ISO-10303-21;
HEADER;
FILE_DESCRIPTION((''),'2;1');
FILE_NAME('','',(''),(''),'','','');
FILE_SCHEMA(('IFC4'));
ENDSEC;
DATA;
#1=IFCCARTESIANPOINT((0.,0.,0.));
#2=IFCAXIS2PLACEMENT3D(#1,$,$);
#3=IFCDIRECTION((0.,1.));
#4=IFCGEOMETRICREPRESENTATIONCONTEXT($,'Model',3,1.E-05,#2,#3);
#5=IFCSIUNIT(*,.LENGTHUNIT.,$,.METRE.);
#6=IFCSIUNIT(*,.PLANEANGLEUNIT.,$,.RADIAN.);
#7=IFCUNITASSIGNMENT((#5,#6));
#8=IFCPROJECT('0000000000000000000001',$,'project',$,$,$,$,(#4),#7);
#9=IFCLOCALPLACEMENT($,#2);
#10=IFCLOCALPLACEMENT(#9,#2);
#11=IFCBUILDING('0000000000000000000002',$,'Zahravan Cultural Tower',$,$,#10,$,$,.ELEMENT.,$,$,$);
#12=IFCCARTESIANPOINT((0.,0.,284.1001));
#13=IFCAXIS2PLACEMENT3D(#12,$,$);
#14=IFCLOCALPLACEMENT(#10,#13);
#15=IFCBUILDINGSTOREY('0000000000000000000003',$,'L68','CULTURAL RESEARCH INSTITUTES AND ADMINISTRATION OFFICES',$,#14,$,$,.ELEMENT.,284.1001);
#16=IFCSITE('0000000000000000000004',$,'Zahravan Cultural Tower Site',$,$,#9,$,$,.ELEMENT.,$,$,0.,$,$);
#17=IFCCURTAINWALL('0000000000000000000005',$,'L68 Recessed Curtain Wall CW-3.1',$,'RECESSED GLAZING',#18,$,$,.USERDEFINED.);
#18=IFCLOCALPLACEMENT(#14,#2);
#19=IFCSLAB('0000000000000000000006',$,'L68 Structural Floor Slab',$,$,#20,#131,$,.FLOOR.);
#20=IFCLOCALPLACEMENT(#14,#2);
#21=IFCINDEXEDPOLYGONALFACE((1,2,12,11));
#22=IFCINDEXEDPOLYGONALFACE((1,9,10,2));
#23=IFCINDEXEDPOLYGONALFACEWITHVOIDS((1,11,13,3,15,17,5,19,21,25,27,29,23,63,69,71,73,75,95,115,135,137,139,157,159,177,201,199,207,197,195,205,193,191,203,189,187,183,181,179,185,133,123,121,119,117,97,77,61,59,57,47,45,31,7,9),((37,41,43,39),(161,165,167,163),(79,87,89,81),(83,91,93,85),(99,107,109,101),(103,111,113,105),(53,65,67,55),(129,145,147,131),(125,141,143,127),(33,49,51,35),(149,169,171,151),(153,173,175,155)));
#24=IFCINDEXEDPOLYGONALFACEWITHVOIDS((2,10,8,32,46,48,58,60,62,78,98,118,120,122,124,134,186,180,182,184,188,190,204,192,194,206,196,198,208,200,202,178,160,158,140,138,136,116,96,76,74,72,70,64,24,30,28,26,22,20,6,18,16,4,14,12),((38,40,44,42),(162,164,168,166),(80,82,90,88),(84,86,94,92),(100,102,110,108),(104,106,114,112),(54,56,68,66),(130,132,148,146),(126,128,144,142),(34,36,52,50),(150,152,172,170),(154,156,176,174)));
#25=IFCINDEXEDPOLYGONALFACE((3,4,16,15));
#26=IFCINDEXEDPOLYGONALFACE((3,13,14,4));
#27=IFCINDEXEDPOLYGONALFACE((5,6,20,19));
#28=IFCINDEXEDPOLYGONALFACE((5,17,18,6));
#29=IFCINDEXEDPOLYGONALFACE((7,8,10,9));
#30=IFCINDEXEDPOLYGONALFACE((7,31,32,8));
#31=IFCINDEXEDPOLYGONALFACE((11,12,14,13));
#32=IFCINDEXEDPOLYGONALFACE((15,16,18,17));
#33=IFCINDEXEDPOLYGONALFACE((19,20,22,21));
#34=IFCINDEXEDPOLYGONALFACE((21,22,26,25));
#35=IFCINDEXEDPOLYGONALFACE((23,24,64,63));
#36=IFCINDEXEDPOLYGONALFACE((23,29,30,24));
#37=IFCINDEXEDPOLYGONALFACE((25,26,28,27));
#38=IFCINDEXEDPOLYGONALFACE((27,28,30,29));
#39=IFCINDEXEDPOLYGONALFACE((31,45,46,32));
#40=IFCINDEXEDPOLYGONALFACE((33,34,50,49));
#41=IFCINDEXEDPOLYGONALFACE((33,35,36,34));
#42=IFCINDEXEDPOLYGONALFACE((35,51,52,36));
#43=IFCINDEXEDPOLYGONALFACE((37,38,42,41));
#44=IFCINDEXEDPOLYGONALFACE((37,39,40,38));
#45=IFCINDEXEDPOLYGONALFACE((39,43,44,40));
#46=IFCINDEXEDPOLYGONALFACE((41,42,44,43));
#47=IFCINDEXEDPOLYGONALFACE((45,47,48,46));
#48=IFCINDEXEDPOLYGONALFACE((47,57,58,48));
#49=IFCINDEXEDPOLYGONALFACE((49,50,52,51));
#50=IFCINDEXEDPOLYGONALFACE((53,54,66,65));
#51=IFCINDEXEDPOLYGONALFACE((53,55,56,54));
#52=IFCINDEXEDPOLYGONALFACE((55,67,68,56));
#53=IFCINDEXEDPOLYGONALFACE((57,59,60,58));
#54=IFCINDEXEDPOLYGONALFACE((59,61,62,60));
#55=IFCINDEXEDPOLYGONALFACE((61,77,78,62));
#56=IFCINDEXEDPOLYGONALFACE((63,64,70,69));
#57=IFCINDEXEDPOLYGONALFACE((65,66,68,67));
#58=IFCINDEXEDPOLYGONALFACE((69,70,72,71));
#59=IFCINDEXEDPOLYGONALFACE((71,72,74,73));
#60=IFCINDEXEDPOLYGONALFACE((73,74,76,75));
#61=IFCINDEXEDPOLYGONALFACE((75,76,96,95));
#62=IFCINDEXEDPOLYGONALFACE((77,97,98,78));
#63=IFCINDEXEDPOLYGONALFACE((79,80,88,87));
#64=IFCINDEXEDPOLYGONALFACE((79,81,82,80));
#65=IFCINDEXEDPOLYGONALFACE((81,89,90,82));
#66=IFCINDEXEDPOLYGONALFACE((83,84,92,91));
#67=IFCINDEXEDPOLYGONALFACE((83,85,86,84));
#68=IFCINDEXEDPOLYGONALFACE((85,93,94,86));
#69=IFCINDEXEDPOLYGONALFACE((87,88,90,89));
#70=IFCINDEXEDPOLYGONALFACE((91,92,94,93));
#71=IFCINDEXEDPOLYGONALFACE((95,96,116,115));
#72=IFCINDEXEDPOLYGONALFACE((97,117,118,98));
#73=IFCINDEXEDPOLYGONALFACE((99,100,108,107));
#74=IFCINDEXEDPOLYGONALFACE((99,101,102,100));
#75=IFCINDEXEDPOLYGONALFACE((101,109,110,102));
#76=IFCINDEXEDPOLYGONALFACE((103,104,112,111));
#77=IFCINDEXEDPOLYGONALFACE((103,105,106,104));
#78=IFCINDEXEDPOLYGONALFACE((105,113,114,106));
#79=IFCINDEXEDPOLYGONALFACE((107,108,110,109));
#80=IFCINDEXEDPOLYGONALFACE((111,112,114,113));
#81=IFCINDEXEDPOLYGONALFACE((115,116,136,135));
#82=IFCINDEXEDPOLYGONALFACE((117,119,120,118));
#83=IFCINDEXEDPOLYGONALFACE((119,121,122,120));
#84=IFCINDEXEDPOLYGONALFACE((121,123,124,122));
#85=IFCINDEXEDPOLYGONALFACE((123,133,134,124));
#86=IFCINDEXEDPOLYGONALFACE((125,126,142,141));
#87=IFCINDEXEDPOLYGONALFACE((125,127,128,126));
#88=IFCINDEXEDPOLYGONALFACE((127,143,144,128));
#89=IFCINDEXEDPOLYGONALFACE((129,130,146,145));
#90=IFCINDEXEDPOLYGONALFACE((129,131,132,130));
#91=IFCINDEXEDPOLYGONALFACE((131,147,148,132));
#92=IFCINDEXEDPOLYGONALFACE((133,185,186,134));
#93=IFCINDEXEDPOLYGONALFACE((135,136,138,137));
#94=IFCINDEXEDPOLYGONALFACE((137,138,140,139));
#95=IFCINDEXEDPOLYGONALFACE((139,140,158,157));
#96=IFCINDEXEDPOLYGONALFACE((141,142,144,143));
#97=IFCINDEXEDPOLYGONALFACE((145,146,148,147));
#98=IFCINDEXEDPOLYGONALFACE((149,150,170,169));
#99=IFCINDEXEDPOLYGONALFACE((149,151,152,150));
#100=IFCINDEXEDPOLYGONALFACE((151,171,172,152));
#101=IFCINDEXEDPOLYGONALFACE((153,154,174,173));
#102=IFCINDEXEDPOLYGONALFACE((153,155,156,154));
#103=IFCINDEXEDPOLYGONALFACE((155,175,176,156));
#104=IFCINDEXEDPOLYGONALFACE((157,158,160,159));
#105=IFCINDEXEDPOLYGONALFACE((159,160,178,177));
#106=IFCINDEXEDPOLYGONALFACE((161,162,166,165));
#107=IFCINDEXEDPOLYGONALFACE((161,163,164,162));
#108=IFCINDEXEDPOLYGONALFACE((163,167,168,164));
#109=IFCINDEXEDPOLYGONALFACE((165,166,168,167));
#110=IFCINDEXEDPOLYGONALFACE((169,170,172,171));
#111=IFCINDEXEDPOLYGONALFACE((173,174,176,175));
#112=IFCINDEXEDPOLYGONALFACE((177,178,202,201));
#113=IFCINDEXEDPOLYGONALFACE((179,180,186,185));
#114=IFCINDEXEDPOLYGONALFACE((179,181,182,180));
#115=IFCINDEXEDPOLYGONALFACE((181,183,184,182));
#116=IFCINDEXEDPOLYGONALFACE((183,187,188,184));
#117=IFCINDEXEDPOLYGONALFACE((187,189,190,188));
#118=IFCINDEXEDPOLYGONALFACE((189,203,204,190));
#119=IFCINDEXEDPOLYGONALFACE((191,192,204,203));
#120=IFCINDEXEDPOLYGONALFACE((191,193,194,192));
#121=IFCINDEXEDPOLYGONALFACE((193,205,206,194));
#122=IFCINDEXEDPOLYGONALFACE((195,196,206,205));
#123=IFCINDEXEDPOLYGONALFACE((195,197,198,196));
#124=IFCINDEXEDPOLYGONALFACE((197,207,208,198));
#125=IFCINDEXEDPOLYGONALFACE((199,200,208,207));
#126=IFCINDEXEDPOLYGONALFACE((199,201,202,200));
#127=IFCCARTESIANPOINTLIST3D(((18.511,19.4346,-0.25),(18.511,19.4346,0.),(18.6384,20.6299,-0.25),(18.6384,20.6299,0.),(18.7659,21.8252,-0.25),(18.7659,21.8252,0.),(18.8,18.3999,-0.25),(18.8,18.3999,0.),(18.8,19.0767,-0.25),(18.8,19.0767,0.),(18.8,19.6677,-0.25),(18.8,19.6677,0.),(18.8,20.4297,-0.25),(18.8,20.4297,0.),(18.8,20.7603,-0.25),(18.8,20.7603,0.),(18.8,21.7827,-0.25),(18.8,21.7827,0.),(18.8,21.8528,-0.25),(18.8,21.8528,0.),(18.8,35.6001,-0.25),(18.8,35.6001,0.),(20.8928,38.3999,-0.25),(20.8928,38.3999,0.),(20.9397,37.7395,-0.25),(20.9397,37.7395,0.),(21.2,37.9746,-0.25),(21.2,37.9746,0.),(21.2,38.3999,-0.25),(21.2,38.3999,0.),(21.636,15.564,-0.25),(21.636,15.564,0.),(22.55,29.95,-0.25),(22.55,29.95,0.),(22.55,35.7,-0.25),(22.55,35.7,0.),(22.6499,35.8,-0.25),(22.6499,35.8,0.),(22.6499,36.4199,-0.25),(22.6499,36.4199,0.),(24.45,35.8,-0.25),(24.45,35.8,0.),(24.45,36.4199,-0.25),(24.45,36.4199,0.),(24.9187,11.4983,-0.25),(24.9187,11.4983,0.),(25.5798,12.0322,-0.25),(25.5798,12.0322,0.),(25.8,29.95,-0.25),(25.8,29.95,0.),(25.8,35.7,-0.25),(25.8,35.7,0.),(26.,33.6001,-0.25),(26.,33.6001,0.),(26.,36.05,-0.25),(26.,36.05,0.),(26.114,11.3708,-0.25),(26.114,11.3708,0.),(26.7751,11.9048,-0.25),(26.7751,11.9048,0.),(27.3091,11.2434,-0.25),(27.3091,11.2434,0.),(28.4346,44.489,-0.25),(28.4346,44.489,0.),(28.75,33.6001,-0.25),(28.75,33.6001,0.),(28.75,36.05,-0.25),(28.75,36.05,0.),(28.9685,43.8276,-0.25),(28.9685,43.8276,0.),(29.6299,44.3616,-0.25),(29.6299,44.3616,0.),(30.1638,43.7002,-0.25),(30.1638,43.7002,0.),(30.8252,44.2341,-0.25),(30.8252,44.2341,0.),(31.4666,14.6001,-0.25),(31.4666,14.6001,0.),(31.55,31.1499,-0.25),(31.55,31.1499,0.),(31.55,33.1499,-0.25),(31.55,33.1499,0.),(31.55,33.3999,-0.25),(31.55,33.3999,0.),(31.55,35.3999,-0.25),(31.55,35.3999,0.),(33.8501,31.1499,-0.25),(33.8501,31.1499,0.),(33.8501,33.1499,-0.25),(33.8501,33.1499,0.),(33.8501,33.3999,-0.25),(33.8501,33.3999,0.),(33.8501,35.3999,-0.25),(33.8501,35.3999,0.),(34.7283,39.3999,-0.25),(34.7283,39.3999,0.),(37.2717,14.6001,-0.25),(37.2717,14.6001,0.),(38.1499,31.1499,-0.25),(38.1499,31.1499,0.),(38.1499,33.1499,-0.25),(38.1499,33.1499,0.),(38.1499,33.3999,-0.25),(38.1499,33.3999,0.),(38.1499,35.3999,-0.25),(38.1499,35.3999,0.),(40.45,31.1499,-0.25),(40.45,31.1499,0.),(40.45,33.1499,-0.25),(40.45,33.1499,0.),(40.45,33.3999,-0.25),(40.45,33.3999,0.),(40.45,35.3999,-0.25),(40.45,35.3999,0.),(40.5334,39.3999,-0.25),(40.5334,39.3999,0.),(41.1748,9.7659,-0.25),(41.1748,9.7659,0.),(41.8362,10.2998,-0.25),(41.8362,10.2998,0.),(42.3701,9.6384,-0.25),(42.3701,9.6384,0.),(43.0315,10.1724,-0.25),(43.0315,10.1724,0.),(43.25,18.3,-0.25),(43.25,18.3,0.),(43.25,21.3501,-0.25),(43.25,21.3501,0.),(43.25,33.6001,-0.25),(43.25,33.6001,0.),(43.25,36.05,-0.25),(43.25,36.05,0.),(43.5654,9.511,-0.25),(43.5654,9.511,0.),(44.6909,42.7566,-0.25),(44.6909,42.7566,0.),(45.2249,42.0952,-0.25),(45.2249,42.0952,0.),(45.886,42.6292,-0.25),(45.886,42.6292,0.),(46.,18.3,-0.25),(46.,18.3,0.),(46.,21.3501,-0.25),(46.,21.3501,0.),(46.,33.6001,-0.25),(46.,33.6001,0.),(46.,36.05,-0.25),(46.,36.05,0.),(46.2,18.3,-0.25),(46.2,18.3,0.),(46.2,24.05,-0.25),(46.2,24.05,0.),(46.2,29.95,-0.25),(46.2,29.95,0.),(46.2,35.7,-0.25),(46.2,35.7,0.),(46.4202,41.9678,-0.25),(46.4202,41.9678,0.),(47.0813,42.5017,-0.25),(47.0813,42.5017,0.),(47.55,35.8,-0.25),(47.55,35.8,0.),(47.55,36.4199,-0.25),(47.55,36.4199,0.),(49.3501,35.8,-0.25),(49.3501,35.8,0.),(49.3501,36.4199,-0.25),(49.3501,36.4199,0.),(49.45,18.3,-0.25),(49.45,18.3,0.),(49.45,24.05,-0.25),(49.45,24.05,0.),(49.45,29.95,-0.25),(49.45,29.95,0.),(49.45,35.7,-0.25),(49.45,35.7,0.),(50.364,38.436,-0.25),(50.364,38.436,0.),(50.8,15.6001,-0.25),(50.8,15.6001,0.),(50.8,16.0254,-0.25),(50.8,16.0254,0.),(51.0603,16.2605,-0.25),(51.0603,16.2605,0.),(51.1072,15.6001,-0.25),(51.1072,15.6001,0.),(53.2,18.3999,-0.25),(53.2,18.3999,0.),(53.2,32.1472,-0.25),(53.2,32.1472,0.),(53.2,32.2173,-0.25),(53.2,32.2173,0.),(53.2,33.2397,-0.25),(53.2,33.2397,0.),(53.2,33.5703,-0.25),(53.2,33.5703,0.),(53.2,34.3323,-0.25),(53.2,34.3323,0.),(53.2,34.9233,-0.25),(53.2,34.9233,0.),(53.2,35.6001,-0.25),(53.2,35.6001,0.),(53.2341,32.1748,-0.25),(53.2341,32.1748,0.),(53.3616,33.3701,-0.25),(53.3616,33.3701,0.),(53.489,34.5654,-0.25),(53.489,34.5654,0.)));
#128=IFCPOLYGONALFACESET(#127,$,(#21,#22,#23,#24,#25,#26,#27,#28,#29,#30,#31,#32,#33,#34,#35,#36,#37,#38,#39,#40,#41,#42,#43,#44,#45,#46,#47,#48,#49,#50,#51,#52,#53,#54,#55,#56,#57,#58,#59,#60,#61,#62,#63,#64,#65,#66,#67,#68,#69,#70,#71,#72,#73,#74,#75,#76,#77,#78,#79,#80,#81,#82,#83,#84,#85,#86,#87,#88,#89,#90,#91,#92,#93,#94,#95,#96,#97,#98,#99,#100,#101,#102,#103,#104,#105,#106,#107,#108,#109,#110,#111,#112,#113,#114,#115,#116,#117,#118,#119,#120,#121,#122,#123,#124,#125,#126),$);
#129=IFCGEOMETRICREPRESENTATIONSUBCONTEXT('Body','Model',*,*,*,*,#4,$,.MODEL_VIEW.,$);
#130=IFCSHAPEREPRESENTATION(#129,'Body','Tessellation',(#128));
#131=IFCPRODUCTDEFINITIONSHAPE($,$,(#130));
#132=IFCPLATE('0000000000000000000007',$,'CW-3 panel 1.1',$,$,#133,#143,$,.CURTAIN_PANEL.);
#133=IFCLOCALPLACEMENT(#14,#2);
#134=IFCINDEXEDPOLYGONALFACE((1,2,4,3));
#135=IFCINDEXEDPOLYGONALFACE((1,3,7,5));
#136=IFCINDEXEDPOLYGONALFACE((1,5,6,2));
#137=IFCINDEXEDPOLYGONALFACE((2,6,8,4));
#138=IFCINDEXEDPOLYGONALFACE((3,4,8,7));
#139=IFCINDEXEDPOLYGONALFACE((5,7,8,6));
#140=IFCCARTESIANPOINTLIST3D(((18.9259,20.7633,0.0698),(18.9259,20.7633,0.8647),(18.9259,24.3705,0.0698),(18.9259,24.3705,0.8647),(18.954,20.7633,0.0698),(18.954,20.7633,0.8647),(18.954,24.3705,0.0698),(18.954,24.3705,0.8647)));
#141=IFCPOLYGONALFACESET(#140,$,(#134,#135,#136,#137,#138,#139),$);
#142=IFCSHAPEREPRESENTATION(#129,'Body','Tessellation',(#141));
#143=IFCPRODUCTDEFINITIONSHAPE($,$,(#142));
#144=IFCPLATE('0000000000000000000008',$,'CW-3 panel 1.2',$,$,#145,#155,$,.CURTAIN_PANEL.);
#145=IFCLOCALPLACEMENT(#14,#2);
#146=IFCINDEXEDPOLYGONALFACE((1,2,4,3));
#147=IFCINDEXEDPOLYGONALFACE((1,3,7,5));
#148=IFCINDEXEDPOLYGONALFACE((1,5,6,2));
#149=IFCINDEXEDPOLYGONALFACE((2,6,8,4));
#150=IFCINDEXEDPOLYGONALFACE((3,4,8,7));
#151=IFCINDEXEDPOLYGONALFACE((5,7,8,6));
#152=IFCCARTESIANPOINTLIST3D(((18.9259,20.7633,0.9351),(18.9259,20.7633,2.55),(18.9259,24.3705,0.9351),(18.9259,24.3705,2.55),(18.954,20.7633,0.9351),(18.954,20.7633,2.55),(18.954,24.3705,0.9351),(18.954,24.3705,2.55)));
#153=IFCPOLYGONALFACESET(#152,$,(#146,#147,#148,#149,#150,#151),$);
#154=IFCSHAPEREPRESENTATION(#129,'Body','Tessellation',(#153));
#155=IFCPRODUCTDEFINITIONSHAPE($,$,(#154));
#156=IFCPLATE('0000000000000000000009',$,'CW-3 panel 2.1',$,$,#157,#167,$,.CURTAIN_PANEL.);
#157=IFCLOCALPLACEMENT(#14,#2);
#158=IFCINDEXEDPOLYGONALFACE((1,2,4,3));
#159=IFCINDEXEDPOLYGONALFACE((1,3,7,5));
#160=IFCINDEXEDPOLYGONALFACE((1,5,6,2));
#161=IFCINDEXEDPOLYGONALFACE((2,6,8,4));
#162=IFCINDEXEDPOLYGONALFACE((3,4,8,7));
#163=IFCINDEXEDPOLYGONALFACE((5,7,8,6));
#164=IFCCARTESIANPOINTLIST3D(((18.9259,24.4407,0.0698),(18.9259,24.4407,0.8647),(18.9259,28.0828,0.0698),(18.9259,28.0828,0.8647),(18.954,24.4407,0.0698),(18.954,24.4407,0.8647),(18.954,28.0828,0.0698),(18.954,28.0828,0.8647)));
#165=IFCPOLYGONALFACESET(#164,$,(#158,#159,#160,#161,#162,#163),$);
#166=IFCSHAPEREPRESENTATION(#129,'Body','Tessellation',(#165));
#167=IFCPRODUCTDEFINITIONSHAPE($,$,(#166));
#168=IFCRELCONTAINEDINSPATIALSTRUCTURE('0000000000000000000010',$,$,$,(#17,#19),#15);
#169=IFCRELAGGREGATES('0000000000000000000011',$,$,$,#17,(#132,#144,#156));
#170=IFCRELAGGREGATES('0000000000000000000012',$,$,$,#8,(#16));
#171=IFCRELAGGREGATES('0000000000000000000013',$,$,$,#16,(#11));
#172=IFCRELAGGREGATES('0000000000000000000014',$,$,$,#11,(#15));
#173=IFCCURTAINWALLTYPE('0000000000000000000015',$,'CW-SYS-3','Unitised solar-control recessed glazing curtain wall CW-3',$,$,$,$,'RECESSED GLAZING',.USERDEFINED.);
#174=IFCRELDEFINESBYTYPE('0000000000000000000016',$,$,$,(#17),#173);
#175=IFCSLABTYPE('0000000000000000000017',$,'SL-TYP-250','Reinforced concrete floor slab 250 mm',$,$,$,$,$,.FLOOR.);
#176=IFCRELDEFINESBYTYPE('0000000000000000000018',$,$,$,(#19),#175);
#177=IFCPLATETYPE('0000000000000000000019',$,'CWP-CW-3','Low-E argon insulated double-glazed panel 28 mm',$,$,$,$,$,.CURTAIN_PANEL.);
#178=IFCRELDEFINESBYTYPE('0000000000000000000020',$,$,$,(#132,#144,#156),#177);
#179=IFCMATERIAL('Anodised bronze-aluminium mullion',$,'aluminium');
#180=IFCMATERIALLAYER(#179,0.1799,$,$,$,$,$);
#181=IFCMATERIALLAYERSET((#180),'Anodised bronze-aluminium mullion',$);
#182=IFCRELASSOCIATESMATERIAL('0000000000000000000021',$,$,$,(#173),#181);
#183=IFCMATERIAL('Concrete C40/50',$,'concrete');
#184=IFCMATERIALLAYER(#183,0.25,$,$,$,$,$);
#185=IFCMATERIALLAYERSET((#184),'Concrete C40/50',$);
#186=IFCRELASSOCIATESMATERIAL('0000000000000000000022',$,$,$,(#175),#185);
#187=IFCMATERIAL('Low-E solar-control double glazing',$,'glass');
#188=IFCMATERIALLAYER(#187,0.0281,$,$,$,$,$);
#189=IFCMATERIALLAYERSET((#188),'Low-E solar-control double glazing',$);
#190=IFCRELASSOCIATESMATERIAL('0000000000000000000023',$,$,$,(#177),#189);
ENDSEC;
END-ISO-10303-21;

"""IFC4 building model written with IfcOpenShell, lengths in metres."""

from ifc_helpers import new_model, si_unit, direction, frame, origin, origin_2d, place, context, subcontext, project, spatial, polyline, rectangle, outline, extrude, source, transform, mapped, material, layer, layer_set, type_object, element, aggregate, save


model = new_model("IFC4")

# Units and contexts
model_context = context("Model", 3, precision=1e-05, world=origin(), true_north=direction((0.0, 1.0)))
body_context = subcontext(model_context, "Body", "Model", "MODEL_VIEW")
ifc_project = project(units=[si_unit("LENGTHUNIT", "METRE"), si_unit("PLANEANGLEUNIT", "RADIAN")], contexts=[model_context])

# Site, building, storey
site_placement = place(None, origin())
site = spatial("IfcSite", under=ifc_project, at=site_placement, Name="Zahravan Cultural Tower Site", CompositionType="ELEMENT", RefElevation=0.0)
building_placement = place(site_placement, origin())
building = spatial("IfcBuilding", under=site, at=building_placement, Name="Zahravan Cultural Tower", CompositionType="ELEMENT")
storey_placement = place(building_placement, frame((0.0, 0.0, 284.1001)))
storey = spatial("IfcBuildingStorey", under=building, at=storey_placement, Name="L68", Description="CULTURAL RESEARCH INSTITUTES AND ADMINISTRATION OFFICES", CompositionType="ELEMENT", Elevation=284.1001)

# Curtain wall
ifc_material_1 = material(Name="Anodised bronze-aluminium mullion", Category="aluminium")
ifc_layer_1 = layer(ifc_material_1, 0.1799)
ifc_layer_set_1 = layer_set([ifc_layer_1], Name="Anodised bronze-aluminium mullion")
curtain_wall_type = type_object("IfcCurtainWallType", Name="CW-SYS-3", Description="Unitised solar-control recessed glazing curtain wall CW-3", ElementType="RECESSED GLAZING", PredefinedType="USERDEFINED", material=ifc_layer_set_1)
curtain_wall_placement = place(storey_placement, origin())
curtain_wall = element("IfcCurtainWall", 1, at=curtain_wall_placement, inside=storey, type_object=curtain_wall_type, Name="L68 Recessed Curtain Wall CW-3.1", ObjectType="RECESSED GLAZING", PredefinedType="USERDEFINED")

# Slab
ifc_material_2 = material(Name="Concrete C40/50", Category="concrete")
ifc_layer_2 = layer(ifc_material_2, 0.25)
ifc_layer_set_2 = layer_set([ifc_layer_2], Name="Concrete C40/50")
slab_type_1 = type_object("IfcSlabType", Name="SL-TYP-250", Description="Reinforced concrete floor slab 250 mm", PredefinedType="FLOOR", material=ifc_layer_set_2)
slab_1_placement = place(storey_placement, frame((0.0, 0.0, -0.25)))
element("IfcSlab", 2, at=slab_1_placement, inside=storey, type_object=slab_type_1, Name="L68 Structural Floor Slab", PredefinedType="FLOOR", context=body_context, shape_type="SweptSolid", body=[
    extrude(outline(polyline([(20.8928, 38.3999), (21.2, 38.3999), (21.2, 37.9746), (20.9397, 37.7395), (18.8, 35.6001), (18.8, 21.8528), (18.7659, 21.8252), (18.8, 21.7827), (18.8, 20.7603), (18.6384, 20.6299), (18.8, 20.4297), (18.8, 19.6677), (18.511, 19.4346), (18.8, 19.0767), (18.8, 18.3999), (21.636, 15.564), (24.9187, 11.4983), (25.5798, 12.0322), (26.114, 11.3708), (26.7751, 11.9048), (27.3091, 11.2434), (31.4666, 14.6001), (37.2717, 14.6001), (41.1748, 9.7659), (41.8362, 10.2998), (42.3701, 9.6384), (43.0315, 10.1724), (43.5654, 9.511), (51.1072, 15.6001), (50.8, 15.6001), (50.8, 16.0254), (51.0603, 16.2605), (53.2, 18.3999), (53.2, 32.1472), (53.2341, 32.1748), (53.2, 32.2173), (53.2, 33.2397), (53.3616, 33.3701), (53.2, 33.5703), (53.2, 34.3323), (53.489, 34.5654), (53.2, 34.9233), (53.2, 35.6001), (50.364, 38.436), (47.0813, 42.5017), (46.4202, 41.9678), (45.886, 42.6292), (45.2249, 42.0952), (44.6909, 42.7566), (40.5334, 39.3999), (34.7283, 39.3999), (30.8252, 44.2341), (30.1638, 43.7002), (29.6299, 44.3616), (28.9685, 43.8276), (28.4346, 44.489), (20.8928, 38.3999)]), holes=[polyline([(22.55, 29.95), (22.55, 35.7), (25.8, 35.7), (25.8, 29.95), (22.55, 29.95)]), polyline([(46.2, 29.95), (46.2, 35.7), (49.45, 35.7), (49.45, 29.95), (46.2, 29.95)]), polyline([(46.2, 18.3), (46.2, 24.05), (49.45, 24.05), (49.45, 18.3), (46.2, 18.3)]), polyline([(26.0, 33.6001), (26.0, 36.05), (28.75, 36.05), (28.75, 33.6001), (26.0, 33.6001)]), polyline([(43.25, 33.6001), (43.25, 36.05), (46.0, 36.05), (46.0, 33.6001), (43.25, 33.6001)]), polyline([(43.25, 18.3), (43.25, 21.3501), (46.0, 21.3501), (46.0, 18.3), (43.25, 18.3)]), polyline([(31.55, 33.3999), (31.55, 35.3999), (33.8501, 35.3999), (33.8501, 33.3999), (31.55, 33.3999)]), polyline([(31.55, 31.1499), (31.55, 33.1499), (33.8501, 33.1499), (33.8501, 31.1499), (31.55, 31.1499)]), polyline([(38.1499, 33.3999), (38.1499, 35.3999), (40.45, 35.3999), (40.45, 33.3999), (38.1499, 33.3999)]), polyline([(38.1499, 31.1499), (38.1499, 33.1499), (40.45, 33.1499), (40.45, 31.1499), (38.1499, 31.1499)]), polyline([(22.6499, 35.8), (22.6499, 36.4199), (24.45, 36.4199), (24.45, 35.8), (22.6499, 35.8)]), polyline([(47.55, 35.8), (47.55, 36.4199), (49.3501, 36.4199), (49.3501, 35.8), (47.55, 35.8)])]), origin(), (0.0, 0.0, 1.0), 0.25),
])

# Plates
ifc_material_3 = material(Name="Low-E solar-control double glazing", Category="glass")
ifc_layer_3 = layer(ifc_material_3, 0.0281)
ifc_layer_set_3 = layer_set([ifc_layer_3], Name="Low-E solar-control double glazing")
plate_type = type_object("IfcPlateType", Name="CWP-CW-3", Description="Low-E argon insulated double-glazed panel 28 mm", PredefinedType="CURTAIN_PANEL", material=ifc_layer_set_3)
shared_shape_1 = source(origin(), body_context, "Body", "SweptSolid", [
    extrude(rectangle(XDim=3.6072, YDim=0.0281, at=origin_2d()), origin(), (0.0, 0.0, 1.0), 0.7949),
])
plate_1_placement = place(storey_placement, frame((18.9399, 22.5669, 0.0698), z_axis=(0.0, 0.0, 1.0), x_axis=(0.0, 1.0, 0.0)))
plate_1 = element("IfcPlate", 3, at=plate_1_placement, type_object=plate_type, Name="CW-3 panel 1.1", PredefinedType="CURTAIN_PANEL", context=body_context, shape_type="MappedRepresentation", body=[
    mapped(shared_shape_1, transform((0.0, 0.0, 0.0), x_axis=(1.0, 0.0, 0.0), y_axis=(0.0, 1.0, 0.0), z_axis=(0.0, 0.0, 1.0), scale=1.0)),
])
shared_shape_2 = source(origin(), body_context, "Body", "SweptSolid", [
    extrude(rectangle(XDim=3.6072, YDim=0.0281, at=origin_2d()), origin(), (0.0, 0.0, 1.0), 1.615),
])
plate_2_placement = place(storey_placement, frame((18.9399, 22.5669, 0.9351), z_axis=(0.0, 0.0, 1.0), x_axis=(0.0, 1.0, 0.0)))
plate_2 = element("IfcPlate", 4, at=plate_2_placement, type_object=plate_type, Name="CW-3 panel 1.2", PredefinedType="CURTAIN_PANEL", context=body_context, shape_type="MappedRepresentation", body=[
    mapped(shared_shape_2, transform((0.0, 0.0, 0.0), x_axis=(1.0, 0.0, 0.0), y_axis=(0.0, 1.0, 0.0), z_axis=(0.0, 0.0, 1.0), scale=1.0)),
])
shared_shape_3 = source(origin(), body_context, "Body", "SweptSolid", [
    extrude(rectangle(XDim=3.6421, YDim=0.0281, at=origin_2d()), origin(), (0.0, 0.0, 1.0), 0.7949),
])
plate_3_placement = place(storey_placement, frame((18.9399, 26.2617, 0.0698), z_axis=(0.0, 0.0, 1.0), x_axis=(0.0, 1.0, 0.0)))
plate_3 = element("IfcPlate", 5, at=plate_3_placement, type_object=plate_type, Name="CW-3 panel 2.1", PredefinedType="CURTAIN_PANEL", context=body_context, shape_type="MappedRepresentation", body=[
    mapped(shared_shape_3, transform((0.0, 0.0, 0.0), x_axis=(1.0, 0.0, 0.0), y_axis=(0.0, 1.0, 0.0), z_axis=(0.0, 0.0, 1.0), scale=1.0)),
])
aggregate(curtain_wall, [plate_1, plate_2, plate_3])

save(model, "model.ifc")
